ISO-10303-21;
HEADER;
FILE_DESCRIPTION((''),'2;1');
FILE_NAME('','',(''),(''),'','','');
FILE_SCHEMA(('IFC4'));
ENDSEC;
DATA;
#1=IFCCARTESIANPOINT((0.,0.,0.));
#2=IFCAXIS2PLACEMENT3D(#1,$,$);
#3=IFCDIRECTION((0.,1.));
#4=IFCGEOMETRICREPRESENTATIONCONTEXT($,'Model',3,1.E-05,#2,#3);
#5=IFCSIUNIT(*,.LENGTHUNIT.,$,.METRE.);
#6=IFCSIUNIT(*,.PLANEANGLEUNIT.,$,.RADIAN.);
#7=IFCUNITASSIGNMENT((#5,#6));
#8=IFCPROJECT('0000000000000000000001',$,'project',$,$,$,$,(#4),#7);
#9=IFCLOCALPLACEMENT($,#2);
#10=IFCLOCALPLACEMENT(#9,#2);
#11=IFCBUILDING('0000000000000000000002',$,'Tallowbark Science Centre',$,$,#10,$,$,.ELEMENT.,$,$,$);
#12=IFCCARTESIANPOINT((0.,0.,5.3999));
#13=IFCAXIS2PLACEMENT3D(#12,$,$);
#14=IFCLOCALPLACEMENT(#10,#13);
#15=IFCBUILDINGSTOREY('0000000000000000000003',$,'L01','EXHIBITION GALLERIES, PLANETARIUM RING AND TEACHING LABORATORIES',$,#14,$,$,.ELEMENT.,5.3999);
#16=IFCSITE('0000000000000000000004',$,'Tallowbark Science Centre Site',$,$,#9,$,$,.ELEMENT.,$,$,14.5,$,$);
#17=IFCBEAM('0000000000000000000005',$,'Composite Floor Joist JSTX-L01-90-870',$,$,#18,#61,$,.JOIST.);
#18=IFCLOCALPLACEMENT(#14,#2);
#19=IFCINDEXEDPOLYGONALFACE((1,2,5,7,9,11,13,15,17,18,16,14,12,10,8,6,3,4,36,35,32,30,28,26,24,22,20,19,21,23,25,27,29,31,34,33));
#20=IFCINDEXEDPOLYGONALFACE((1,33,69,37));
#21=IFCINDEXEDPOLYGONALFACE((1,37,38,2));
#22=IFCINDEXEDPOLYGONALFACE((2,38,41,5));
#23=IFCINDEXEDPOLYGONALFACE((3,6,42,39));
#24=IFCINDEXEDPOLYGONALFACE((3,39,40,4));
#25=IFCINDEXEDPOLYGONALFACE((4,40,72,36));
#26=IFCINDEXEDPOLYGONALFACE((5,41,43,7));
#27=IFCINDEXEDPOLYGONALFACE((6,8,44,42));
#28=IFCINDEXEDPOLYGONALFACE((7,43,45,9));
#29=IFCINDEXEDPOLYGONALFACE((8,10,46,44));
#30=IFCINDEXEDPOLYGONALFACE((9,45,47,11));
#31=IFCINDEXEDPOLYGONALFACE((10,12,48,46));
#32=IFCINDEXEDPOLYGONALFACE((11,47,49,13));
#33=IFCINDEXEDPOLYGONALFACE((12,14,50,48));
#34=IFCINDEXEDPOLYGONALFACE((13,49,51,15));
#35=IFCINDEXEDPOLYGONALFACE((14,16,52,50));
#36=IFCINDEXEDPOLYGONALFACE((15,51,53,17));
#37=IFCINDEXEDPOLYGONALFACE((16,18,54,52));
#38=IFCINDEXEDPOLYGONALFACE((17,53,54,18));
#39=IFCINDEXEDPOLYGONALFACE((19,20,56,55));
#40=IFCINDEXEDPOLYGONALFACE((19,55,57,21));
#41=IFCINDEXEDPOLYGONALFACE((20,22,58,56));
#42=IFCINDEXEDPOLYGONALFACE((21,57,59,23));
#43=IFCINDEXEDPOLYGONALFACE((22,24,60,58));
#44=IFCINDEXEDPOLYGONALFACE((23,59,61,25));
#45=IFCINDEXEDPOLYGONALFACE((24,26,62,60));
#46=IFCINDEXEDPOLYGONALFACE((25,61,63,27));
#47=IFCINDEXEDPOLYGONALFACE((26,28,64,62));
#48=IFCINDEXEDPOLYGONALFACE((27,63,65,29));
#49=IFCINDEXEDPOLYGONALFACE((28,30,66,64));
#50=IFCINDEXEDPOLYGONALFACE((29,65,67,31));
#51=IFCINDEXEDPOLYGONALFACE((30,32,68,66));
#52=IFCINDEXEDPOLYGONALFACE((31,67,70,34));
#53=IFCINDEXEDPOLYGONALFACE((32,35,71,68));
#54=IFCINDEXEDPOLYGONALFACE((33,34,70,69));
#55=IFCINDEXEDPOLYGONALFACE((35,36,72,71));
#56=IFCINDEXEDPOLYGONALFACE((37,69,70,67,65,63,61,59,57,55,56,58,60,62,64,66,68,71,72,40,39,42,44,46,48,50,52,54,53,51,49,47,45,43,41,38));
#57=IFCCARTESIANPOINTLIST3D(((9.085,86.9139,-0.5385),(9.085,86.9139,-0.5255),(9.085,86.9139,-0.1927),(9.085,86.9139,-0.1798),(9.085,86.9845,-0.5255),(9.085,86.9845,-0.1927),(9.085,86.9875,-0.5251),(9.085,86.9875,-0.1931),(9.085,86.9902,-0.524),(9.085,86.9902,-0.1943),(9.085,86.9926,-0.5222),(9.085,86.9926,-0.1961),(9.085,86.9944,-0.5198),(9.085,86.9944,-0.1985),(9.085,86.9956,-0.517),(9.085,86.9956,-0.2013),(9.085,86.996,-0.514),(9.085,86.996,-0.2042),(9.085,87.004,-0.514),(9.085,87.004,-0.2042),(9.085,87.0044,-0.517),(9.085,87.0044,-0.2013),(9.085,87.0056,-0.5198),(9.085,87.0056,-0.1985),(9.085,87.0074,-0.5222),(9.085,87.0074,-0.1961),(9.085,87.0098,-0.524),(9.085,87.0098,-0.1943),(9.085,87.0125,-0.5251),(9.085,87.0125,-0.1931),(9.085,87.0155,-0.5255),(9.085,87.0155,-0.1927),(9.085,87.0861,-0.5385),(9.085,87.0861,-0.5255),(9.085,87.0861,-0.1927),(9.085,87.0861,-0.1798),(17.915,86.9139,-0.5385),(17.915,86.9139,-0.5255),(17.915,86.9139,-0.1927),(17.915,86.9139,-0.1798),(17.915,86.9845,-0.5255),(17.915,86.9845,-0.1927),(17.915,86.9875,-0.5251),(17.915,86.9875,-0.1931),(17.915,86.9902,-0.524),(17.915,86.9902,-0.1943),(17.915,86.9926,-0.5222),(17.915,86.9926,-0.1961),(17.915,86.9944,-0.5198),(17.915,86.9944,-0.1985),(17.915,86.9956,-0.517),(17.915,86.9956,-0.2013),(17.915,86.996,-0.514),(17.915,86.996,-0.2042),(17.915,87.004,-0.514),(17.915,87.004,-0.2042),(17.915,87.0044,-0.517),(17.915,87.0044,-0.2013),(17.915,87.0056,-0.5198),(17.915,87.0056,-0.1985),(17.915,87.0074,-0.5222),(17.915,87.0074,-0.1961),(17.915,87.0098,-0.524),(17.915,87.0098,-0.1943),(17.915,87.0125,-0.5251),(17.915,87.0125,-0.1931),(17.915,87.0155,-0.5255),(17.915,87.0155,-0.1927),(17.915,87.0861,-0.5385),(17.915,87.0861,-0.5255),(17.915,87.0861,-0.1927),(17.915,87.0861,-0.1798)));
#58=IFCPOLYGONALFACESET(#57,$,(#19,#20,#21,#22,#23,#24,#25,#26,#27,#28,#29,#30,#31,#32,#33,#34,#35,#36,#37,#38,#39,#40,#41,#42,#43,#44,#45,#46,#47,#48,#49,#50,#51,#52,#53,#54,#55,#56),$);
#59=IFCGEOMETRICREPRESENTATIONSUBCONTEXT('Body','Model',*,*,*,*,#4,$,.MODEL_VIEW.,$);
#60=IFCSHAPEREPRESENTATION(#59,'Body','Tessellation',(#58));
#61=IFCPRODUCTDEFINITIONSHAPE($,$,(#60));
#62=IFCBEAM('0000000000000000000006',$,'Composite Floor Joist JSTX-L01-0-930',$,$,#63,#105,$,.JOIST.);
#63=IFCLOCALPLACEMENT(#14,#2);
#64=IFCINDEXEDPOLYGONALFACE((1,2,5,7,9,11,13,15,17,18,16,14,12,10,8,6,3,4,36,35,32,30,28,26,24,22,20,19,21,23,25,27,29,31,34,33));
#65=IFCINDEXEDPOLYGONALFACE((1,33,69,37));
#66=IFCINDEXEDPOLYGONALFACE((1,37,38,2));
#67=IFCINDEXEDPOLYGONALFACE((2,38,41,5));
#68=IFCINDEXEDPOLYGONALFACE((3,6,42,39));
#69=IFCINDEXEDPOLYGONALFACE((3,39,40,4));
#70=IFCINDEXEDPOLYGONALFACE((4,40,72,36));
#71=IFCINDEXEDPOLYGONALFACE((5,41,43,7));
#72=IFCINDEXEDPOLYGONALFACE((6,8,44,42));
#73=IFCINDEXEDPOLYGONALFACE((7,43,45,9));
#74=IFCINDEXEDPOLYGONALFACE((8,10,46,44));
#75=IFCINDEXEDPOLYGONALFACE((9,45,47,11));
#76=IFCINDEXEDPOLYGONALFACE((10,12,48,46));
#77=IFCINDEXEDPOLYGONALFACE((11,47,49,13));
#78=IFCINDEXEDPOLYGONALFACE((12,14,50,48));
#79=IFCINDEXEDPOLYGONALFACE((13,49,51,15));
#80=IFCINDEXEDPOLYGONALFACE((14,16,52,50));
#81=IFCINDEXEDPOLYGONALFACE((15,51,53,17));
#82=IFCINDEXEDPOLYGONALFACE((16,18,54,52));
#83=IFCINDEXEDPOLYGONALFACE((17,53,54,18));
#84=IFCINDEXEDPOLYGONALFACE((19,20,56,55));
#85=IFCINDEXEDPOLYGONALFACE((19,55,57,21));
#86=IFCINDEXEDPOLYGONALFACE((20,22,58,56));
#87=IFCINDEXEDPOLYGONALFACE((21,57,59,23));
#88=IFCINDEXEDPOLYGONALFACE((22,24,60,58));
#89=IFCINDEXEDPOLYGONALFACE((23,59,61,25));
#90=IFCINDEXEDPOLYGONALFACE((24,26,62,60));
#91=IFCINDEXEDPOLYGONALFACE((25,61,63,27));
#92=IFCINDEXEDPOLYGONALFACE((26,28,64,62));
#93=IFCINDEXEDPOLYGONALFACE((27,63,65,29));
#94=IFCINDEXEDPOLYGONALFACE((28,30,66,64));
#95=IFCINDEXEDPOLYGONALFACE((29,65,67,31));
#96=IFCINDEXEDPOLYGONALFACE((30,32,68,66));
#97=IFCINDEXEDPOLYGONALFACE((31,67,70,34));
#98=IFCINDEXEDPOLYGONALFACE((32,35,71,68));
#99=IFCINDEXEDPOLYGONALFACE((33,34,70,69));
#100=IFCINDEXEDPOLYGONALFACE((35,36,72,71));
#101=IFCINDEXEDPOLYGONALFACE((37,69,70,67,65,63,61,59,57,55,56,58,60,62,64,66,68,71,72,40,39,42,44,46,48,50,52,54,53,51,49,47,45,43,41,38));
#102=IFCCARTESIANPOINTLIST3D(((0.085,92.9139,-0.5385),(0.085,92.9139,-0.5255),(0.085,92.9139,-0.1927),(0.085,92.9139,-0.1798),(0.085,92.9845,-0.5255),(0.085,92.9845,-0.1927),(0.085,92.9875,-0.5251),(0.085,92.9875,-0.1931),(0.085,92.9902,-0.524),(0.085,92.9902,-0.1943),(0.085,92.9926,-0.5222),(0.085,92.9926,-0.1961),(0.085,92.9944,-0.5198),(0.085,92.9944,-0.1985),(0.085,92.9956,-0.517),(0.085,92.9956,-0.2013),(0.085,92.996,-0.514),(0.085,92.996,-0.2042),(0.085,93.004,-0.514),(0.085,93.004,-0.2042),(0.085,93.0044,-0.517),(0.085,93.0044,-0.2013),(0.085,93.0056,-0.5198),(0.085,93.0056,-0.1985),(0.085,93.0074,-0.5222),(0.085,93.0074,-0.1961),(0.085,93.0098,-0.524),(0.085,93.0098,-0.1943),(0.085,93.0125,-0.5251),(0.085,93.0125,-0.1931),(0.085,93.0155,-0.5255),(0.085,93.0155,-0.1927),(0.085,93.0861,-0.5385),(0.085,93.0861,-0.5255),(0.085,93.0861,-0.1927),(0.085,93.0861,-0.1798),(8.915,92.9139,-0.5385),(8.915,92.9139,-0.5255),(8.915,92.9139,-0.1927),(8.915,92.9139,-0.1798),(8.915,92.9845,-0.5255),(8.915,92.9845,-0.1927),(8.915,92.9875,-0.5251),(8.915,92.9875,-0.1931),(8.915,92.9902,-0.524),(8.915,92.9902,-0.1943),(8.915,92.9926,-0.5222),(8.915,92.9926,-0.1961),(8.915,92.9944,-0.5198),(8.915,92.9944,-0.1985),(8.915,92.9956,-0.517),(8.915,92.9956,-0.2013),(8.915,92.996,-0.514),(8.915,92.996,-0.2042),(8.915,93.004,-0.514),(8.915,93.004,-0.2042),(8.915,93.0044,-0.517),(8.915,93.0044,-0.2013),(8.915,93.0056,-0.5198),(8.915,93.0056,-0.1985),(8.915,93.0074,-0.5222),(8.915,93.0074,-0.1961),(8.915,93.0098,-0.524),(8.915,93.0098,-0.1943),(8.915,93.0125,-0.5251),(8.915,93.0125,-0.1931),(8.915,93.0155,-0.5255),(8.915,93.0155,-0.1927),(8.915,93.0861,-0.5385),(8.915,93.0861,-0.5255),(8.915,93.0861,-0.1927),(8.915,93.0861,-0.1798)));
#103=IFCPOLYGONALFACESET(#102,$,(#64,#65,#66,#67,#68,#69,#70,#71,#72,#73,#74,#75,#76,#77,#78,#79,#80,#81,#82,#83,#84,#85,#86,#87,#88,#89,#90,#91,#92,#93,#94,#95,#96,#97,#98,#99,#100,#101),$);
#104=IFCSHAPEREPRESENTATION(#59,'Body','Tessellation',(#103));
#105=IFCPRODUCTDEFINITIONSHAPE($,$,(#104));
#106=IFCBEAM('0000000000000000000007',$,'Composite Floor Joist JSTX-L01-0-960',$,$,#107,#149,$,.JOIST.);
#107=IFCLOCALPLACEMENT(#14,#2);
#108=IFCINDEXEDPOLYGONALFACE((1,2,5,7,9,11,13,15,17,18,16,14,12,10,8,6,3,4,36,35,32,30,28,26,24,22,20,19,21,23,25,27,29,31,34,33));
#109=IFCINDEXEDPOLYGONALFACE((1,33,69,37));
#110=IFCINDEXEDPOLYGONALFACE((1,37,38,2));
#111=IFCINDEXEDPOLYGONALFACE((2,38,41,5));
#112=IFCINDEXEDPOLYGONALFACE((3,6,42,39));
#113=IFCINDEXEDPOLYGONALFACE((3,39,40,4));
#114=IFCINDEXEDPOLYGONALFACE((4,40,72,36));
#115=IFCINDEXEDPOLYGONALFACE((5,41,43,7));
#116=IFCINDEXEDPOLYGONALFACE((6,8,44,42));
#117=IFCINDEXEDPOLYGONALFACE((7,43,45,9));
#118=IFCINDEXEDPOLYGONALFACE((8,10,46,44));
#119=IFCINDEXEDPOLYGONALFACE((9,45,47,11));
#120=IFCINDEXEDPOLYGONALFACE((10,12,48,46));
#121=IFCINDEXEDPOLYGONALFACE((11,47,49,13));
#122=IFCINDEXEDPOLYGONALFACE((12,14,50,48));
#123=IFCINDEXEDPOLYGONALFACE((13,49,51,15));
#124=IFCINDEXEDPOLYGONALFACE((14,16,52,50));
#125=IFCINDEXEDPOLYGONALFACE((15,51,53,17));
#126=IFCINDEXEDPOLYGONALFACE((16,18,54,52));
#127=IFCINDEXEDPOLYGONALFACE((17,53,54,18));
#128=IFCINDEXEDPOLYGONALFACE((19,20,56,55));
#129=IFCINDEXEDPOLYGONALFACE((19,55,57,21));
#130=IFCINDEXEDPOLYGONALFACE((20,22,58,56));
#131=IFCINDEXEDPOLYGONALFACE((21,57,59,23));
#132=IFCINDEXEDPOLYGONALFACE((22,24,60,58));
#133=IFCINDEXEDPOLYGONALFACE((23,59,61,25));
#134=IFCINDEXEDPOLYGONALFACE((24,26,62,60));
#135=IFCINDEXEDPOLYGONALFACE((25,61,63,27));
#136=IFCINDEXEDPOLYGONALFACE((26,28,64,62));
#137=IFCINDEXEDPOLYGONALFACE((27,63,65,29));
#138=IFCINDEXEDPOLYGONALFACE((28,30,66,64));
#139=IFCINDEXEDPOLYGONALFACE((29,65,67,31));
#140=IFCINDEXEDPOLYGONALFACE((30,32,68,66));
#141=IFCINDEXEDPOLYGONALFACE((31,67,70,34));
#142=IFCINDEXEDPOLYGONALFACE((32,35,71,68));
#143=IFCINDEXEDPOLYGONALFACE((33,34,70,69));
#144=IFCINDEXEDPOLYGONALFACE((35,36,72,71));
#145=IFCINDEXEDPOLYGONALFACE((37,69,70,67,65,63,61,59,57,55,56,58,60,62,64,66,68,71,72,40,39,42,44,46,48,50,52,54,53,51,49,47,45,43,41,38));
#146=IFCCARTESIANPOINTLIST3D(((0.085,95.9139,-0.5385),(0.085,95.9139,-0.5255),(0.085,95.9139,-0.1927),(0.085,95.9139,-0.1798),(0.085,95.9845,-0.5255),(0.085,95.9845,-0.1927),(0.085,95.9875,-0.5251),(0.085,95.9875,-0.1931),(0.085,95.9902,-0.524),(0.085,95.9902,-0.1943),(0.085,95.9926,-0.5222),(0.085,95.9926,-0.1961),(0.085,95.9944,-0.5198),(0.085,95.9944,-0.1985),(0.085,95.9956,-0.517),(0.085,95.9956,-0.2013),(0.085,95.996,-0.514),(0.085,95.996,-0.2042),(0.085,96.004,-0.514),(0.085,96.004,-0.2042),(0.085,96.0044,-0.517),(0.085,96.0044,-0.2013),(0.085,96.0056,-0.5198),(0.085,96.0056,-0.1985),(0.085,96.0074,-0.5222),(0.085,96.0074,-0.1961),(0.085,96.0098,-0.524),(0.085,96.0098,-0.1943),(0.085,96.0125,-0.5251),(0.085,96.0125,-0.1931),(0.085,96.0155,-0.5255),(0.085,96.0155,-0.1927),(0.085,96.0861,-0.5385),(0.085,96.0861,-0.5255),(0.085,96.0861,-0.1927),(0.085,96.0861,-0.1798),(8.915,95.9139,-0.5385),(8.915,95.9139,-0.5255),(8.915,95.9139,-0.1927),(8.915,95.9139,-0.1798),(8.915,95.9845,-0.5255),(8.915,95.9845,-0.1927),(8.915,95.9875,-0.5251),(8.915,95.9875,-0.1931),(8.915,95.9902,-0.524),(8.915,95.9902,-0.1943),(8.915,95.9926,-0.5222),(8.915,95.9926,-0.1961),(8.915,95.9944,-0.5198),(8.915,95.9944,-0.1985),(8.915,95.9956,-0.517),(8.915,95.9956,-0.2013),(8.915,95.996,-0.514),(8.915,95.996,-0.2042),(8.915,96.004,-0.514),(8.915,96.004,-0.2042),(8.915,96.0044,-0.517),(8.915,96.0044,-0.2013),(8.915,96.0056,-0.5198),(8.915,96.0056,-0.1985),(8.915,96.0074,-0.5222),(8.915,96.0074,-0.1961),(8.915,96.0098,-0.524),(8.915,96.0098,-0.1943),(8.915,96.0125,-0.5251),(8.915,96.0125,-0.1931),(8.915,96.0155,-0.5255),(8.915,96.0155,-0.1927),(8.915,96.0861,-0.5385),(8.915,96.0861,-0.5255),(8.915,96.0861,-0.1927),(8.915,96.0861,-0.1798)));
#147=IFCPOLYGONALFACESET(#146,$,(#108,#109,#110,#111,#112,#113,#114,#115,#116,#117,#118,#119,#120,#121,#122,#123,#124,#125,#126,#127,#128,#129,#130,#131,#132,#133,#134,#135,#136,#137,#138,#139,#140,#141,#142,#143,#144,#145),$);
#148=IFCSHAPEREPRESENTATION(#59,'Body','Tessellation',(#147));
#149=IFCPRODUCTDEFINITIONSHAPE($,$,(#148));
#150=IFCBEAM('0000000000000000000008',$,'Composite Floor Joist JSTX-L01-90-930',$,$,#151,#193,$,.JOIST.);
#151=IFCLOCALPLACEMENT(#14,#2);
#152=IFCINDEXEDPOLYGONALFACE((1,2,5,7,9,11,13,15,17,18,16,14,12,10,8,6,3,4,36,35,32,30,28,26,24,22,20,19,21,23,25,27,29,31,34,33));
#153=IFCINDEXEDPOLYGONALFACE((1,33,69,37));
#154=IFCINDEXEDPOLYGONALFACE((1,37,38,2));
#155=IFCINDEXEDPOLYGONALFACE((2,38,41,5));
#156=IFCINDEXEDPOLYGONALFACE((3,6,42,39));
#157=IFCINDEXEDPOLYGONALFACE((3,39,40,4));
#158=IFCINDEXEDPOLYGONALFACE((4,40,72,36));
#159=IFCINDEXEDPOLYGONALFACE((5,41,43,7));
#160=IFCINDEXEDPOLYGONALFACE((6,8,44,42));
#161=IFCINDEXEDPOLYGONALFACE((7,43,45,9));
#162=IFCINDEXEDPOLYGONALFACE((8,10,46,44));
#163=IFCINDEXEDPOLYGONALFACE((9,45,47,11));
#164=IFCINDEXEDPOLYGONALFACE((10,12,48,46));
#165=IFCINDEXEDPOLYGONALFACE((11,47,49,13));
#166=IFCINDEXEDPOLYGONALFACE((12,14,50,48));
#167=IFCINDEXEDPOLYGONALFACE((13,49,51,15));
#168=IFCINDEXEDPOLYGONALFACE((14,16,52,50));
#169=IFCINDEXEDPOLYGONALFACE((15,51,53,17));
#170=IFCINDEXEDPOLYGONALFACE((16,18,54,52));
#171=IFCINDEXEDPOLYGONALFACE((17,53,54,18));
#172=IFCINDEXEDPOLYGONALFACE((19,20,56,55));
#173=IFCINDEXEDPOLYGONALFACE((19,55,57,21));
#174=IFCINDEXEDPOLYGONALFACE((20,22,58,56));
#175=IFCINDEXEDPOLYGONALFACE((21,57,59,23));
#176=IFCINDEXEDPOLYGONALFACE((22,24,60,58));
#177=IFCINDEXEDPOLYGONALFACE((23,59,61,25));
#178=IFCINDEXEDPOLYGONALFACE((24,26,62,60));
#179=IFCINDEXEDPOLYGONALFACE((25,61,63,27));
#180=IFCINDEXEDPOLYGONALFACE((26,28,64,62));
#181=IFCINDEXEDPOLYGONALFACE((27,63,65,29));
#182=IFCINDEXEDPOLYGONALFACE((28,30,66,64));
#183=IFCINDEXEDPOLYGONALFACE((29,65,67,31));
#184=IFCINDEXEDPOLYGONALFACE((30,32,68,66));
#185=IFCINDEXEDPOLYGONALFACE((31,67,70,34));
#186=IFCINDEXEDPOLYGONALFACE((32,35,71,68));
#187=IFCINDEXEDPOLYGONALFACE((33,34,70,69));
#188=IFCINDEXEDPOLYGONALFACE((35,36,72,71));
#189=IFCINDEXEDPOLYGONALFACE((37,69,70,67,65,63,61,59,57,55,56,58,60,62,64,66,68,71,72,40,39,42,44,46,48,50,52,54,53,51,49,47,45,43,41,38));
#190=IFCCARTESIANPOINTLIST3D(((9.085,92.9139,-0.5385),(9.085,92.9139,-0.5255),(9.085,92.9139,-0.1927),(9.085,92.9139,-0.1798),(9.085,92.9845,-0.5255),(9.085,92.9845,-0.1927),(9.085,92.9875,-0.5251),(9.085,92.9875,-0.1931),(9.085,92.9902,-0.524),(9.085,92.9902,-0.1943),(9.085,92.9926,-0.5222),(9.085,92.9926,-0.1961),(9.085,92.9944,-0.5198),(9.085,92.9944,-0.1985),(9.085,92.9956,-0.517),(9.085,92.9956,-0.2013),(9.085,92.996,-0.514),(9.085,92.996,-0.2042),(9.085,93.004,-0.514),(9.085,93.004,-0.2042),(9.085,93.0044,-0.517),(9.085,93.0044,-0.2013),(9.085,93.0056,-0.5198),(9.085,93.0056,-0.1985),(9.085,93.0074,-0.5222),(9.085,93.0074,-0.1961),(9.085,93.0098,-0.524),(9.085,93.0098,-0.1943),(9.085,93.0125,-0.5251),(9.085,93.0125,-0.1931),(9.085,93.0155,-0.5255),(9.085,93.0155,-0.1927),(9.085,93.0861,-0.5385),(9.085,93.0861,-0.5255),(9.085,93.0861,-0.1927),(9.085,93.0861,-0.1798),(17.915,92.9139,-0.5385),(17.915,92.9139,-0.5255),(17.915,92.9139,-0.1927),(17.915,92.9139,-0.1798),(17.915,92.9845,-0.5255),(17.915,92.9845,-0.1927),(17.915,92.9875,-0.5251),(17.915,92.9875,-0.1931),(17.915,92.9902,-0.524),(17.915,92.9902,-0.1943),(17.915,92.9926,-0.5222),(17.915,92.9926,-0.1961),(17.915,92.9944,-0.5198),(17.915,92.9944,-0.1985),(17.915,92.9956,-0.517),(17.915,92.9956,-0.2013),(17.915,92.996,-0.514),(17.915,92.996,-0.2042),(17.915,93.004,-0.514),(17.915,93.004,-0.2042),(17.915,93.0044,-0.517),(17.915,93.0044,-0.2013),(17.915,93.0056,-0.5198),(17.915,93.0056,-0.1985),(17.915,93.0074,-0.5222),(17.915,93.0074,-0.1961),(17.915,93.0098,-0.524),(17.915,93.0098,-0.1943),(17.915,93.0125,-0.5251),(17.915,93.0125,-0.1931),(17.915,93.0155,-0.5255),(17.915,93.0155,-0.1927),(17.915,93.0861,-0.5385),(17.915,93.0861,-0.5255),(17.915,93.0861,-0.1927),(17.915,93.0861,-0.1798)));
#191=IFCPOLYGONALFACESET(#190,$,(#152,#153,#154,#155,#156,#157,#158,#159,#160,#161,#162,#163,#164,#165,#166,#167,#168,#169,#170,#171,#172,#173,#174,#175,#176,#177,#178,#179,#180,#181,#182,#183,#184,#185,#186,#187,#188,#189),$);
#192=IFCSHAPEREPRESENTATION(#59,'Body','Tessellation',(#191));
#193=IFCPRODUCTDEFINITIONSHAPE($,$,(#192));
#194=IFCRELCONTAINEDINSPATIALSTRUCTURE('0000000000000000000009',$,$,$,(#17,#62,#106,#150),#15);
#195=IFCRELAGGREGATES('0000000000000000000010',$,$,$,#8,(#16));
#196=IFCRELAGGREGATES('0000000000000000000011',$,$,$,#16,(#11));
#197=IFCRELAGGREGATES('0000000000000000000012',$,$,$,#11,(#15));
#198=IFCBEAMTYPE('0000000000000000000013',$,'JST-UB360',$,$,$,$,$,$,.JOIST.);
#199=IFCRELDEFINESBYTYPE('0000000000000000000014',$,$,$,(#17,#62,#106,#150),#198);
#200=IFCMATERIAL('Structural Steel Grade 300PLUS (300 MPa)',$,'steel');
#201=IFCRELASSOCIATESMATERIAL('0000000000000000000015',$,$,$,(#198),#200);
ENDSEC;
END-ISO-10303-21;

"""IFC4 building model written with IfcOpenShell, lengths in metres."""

from ifc_helpers import new_model, si_unit, direction, frame, origin, origin_2d, place, context, subcontext, project, spatial, i_section, extrude, material, material_profile, profile_set, type_object, element, save


model = new_model("IFC4")

# Units and contexts
model_context = context("Model", 3, precision=1e-05, world=origin(), true_north=direction((0.0, 1.0)))
body_context = subcontext(model_context, "Body", "Model", "MODEL_VIEW")
ifc_project = project(units=[si_unit("LENGTHUNIT", "METRE"), si_unit("PLANEANGLEUNIT", "RADIAN")], contexts=[model_context])

# Site, building, storey
site_placement = place(None, origin())
site = spatial("IfcSite", under=ifc_project, at=site_placement, Name="Tallowbark Science Centre Site", CompositionType="ELEMENT", RefElevation=14.5)
building_placement = place(site_placement, origin())
building = spatial("IfcBuilding", under=site, at=building_placement, Name="Tallowbark Science Centre", CompositionType="ELEMENT")
storey_placement = place(building_placement, frame((0.0, 0.0, 5.3999)))
storey = spatial("IfcBuildingStorey", under=building, at=storey_placement, Name="L01", Description="EXHIBITION GALLERIES, PLANETARIUM RING AND TEACHING LABORATORIES", CompositionType="ELEMENT", Elevation=5.3999)

# Beams
ifc_material = material(Name="Structural Steel Grade 300PLUS (300 MPa)", Category="steel")
ifc_material_profile_1 = material_profile(ifc_material, i_section(OverallWidth=0.1721, OverallDepth=0.3586, WebThickness=0.0081, FlangeThickness=0.0129, FilletRadius=0.0115, at=origin_2d()), Name="360UB56.7")
ifc_profile_set_1 = profile_set([ifc_material_profile_1], Name="Structural Steel Grade 300PLUS (300 MPa)")
beam_type_1 = type_object("IfcBeamType", Name="JST-UB360", PredefinedType="JOIST", material=ifc_profile_set_1)
for number, where, z_axis, x_axis, name in (
    (1, (9.085, 87.0, -0.3591), (1.0, 0.0, 0.0), (0.0, 1.0, 0.0), "Composite Floor Joist JSTX-L01-90-870"),
    (2, (0.085, 93.0, -0.3591), (1.0, 0.0, 0.0), (0.0, 1.0, 0.0), "Composite Floor Joist JSTX-L01-0-930"),
    (3, (0.085, 96.0, -0.3591), (1.0, 0.0, 0.0), (0.0, 1.0, 0.0), "Composite Floor Joist JSTX-L01-0-960"),
    (4, (9.085, 93.0, -0.3591), (1.0, 0.0, 0.0), (0.0, 1.0, 0.0), "Composite Floor Joist JSTX-L01-90-930"),
):
    element("IfcBeam", number, at=place(storey_placement, frame(where, z_axis=z_axis, x_axis=x_axis)), inside=storey, type_object=beam_type_1, Name=name, PredefinedType="JOIST", context=body_context, shape_type="SweptSolid", body=[
        extrude(i_section(OverallWidth=0.1721, OverallDepth=0.3586, WebThickness=0.0081, FlangeThickness=0.0129, FilletRadius=0.0115, at=origin_2d()), origin(), (0.0, 0.0, 1.0), 8.8301),
    ])

save(model, "model.ifc")
